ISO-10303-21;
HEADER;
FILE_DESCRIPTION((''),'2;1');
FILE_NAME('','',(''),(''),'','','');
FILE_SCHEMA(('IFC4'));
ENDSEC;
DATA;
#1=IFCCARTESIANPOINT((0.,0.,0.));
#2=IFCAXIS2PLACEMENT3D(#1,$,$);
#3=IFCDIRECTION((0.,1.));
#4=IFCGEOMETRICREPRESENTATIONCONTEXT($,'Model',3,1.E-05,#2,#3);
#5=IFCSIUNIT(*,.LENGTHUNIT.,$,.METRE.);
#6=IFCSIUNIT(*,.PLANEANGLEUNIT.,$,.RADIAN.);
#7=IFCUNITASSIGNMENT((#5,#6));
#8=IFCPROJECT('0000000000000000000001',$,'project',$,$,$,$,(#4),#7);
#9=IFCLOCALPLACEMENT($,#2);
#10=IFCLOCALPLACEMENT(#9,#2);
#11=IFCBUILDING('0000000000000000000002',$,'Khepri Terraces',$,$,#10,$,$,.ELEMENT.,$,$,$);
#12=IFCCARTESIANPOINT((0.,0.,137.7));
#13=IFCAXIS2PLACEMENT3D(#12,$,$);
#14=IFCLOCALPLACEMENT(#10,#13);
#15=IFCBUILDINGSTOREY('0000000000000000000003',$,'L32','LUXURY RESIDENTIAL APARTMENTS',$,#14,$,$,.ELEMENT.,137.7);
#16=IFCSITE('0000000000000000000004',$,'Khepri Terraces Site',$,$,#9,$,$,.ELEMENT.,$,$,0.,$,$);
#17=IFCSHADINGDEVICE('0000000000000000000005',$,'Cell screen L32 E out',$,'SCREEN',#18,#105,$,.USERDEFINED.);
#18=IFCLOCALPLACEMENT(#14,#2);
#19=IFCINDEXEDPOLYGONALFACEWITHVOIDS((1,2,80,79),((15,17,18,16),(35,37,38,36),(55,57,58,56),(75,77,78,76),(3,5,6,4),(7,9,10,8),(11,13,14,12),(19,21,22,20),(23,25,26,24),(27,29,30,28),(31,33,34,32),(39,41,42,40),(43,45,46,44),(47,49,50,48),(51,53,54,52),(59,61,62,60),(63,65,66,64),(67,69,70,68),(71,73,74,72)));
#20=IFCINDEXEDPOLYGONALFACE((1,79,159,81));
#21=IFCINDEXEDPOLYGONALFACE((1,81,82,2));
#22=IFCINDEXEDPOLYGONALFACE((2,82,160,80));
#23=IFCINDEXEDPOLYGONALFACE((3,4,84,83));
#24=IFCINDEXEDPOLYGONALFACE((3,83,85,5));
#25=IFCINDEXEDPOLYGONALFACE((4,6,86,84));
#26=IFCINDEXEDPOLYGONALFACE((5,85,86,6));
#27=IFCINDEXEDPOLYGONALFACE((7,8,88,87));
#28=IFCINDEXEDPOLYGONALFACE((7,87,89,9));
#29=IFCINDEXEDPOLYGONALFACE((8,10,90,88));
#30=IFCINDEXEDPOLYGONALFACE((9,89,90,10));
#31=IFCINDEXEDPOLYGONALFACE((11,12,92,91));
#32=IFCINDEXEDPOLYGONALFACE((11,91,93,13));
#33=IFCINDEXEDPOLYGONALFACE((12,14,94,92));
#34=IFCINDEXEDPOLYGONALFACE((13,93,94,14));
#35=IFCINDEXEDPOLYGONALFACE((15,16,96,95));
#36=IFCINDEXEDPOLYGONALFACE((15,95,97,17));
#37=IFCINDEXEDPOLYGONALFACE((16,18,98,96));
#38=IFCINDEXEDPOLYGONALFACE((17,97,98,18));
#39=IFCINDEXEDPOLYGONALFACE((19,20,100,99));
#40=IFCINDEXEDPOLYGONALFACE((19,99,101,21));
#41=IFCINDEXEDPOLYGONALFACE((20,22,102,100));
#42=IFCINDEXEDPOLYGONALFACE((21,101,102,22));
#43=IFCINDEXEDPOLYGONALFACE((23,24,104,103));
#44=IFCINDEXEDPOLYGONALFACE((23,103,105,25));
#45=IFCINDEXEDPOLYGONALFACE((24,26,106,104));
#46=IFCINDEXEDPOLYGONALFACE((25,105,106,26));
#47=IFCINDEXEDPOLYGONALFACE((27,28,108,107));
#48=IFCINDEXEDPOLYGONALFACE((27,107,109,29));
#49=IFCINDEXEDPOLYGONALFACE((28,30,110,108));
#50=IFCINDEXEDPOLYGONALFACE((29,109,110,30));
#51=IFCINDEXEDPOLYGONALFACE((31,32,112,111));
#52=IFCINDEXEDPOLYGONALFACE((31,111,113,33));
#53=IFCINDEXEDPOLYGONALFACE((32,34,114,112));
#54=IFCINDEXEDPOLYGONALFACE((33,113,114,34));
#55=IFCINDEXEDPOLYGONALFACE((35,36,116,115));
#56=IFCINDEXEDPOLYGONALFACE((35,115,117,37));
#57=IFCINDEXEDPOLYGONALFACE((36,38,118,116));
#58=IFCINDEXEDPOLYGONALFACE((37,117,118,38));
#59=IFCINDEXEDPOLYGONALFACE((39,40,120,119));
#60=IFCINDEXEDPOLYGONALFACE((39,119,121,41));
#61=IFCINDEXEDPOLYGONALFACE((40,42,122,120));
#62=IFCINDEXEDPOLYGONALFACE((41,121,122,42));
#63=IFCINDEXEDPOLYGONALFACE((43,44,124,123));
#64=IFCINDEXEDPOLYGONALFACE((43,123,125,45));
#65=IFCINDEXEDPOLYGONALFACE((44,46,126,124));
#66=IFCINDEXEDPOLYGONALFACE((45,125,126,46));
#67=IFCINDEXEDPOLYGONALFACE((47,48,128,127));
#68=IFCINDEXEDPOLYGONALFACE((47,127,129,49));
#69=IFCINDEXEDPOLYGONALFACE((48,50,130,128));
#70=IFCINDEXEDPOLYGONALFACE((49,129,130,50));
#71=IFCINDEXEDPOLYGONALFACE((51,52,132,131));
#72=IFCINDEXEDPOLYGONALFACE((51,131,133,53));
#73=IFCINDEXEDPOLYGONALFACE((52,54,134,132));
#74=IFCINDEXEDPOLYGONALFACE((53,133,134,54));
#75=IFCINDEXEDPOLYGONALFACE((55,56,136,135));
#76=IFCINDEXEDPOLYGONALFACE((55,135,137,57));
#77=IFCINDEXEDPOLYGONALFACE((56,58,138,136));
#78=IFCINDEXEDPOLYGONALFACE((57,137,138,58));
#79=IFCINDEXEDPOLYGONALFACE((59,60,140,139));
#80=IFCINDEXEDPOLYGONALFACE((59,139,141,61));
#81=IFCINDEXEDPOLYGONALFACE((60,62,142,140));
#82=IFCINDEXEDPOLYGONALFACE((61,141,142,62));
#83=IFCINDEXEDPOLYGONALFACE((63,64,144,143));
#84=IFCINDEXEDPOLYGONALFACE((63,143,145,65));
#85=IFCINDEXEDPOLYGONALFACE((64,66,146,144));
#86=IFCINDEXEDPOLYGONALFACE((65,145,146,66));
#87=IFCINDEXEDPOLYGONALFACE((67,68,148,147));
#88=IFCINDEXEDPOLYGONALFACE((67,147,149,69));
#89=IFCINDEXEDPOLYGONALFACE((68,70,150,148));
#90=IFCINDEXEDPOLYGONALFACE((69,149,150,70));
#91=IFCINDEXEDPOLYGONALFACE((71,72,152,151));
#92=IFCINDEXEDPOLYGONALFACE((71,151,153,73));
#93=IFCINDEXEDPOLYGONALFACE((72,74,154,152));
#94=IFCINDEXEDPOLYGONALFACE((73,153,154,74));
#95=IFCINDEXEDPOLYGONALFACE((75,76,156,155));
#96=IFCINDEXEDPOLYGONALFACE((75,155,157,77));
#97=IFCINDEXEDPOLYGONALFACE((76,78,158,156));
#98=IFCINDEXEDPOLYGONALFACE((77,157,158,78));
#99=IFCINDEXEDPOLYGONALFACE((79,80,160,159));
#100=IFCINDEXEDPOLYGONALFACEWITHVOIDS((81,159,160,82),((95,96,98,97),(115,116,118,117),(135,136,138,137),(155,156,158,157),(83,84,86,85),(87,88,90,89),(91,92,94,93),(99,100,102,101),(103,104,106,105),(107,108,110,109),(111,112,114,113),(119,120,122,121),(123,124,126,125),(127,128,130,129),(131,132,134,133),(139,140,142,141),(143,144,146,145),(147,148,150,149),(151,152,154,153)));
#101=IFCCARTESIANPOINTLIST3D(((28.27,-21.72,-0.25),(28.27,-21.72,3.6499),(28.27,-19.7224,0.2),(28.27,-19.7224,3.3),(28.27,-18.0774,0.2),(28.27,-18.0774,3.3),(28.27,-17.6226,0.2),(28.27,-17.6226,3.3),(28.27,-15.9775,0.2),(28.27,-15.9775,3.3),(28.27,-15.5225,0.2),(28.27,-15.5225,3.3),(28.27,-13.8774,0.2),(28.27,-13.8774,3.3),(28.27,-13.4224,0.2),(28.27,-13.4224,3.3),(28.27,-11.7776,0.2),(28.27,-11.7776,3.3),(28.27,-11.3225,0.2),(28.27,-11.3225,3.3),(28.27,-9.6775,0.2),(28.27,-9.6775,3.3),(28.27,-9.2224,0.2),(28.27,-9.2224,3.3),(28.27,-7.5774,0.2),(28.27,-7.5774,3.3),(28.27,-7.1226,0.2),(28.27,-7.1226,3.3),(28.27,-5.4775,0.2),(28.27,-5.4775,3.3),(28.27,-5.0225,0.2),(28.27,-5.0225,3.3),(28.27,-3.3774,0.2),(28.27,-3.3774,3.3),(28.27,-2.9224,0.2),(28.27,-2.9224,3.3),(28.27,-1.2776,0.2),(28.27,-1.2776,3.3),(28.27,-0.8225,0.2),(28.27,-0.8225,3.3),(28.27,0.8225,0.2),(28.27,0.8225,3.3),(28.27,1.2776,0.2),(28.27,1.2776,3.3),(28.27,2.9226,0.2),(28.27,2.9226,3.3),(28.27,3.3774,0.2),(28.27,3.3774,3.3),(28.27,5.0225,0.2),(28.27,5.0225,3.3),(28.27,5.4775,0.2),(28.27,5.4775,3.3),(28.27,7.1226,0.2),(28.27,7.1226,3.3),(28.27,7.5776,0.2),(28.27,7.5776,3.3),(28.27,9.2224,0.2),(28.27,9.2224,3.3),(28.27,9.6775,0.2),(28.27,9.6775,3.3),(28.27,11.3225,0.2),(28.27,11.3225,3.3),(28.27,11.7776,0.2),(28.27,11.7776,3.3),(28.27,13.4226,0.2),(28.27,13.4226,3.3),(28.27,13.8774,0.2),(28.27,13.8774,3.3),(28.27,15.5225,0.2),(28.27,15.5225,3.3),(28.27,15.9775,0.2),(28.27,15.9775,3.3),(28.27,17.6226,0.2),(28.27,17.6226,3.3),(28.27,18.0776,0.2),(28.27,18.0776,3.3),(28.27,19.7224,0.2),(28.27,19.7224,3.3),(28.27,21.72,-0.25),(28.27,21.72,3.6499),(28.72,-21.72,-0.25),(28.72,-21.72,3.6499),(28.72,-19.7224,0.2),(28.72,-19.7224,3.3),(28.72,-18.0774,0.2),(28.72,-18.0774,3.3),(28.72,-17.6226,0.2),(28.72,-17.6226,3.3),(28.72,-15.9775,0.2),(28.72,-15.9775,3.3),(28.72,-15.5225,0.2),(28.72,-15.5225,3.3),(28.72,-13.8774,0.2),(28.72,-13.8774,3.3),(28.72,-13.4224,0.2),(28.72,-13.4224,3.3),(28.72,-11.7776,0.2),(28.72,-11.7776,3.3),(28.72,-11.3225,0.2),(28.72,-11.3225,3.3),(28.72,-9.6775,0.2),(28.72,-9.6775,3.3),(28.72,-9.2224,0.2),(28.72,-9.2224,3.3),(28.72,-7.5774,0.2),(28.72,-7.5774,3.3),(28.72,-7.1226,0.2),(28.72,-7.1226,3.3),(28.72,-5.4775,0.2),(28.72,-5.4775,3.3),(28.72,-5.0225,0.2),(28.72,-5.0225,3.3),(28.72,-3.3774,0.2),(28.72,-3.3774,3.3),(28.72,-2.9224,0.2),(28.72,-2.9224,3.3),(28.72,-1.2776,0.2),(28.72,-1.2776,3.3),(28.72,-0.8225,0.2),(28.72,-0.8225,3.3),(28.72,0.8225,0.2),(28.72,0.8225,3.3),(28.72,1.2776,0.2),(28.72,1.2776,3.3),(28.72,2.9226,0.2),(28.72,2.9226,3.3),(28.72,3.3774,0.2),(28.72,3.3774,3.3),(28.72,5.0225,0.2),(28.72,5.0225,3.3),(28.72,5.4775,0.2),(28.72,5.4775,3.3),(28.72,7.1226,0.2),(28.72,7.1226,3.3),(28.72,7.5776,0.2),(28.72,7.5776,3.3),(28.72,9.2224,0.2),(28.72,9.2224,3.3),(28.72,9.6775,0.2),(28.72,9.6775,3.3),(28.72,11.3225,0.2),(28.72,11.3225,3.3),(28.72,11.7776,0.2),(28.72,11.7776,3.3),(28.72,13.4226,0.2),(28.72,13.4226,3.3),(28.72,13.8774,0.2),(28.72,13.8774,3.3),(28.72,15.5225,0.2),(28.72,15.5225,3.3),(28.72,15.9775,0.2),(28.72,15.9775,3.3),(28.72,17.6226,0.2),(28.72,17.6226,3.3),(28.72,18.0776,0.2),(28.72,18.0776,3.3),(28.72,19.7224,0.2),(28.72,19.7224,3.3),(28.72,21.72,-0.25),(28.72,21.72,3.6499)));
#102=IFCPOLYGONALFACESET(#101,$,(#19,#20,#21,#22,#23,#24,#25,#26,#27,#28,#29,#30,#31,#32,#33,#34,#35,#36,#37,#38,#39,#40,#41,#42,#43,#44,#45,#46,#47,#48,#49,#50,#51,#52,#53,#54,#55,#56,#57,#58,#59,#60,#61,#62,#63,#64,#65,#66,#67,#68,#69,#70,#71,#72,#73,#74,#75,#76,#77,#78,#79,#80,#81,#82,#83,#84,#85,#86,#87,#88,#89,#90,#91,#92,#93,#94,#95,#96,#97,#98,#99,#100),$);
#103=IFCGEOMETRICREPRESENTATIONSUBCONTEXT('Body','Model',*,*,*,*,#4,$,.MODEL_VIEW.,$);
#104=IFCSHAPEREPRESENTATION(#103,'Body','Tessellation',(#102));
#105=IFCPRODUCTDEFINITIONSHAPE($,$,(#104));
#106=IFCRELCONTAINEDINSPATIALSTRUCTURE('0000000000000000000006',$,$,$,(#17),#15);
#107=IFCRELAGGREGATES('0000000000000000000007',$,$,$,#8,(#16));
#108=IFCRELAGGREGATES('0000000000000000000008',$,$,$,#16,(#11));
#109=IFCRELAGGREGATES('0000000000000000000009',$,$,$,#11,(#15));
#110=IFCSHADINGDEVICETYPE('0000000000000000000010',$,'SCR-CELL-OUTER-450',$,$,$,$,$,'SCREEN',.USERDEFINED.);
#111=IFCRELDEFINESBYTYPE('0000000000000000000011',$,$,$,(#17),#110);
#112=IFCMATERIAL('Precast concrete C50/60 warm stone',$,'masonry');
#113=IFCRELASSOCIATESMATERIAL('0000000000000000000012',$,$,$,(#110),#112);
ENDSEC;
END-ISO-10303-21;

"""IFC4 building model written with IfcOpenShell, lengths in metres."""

from ifc_helpers import new_model, si_unit, direction, frame, origin, place, context, subcontext, project, spatial, polyline, outline, extrude, material, type_object, element, save


model = new_model("IFC4")

# Units and contexts
model_context = context("Model", 3, precision=1e-05, world=origin(), true_north=direction((0.0, 1.0)))
body_context = subcontext(model_context, "Body", "Model", "MODEL_VIEW")
ifc_project = project(units=[si_unit("LENGTHUNIT", "METRE"), si_unit("PLANEANGLEUNIT", "RADIAN")], contexts=[model_context])

# Site, building, storey
site_placement = place(None, origin())
site = spatial("IfcSite", under=ifc_project, at=site_placement, Name="Khepri Terraces Site", CompositionType="ELEMENT", RefElevation=0.0)
building_placement = place(site_placement, origin())
building = spatial("IfcBuilding", under=site, at=building_placement, Name="Khepri Terraces", CompositionType="ELEMENT")
storey_placement = place(building_placement, frame((0.0, 0.0, 137.7)))
storey = spatial("IfcBuildingStorey", under=building, at=storey_placement, Name="L32", Description="LUXURY RESIDENTIAL APARTMENTS", CompositionType="ELEMENT", Elevation=137.7)

# Shared definitions
ifc_material_1 = material(Name="Precast concrete C50/60 warm stone", Category="masonry")

# Shading device
shading_device_type_1 = type_object("IfcShadingDeviceType", Name="SCR-CELL-OUTER-450", ElementType="SCREEN", PredefinedType="USERDEFINED", material=ifc_material_1)
shading_device_1_placement = place(storey_placement, frame((28.27, -21.72, -0.25), z_axis=(1.0, 0.0, 0.0), x_axis=(0.0, 1.0, 0.0)))
element("IfcShadingDevice", 1, at=shading_device_1_placement, inside=storey, type_object=shading_device_type_1, Name="Cell screen L32 E out", ObjectType="SCREEN", PredefinedType="USERDEFINED", context=body_context, shape_type="SweptSolid", body=[
    extrude(outline(polyline([(0.0, 0.0), (43.4399, 0.0), (43.4399, 3.8999), (0.0, 3.8999), (0.0, 0.0)]), holes=[polyline([(1.9976, 0.45), (3.6426, 0.45), (3.6426, 3.55), (1.9976, 3.55), (1.9976, 0.45)]), polyline([(4.0974, 0.45), (5.7424, 0.45), (5.7424, 3.55), (4.0974, 3.55), (4.0974, 0.45)]), polyline([(6.1975, 0.45), (7.8425, 0.45), (7.8425, 3.55), (6.1975, 3.55), (6.1975, 0.45)]), polyline([(8.2976, 0.45), (9.9424, 0.45), (9.9424, 3.55), (8.2976, 3.55), (8.2976, 0.45)]), polyline([(10.3975, 0.45), (12.0425, 0.45), (12.0425, 3.55), (10.3975, 3.55), (10.3975, 0.45)]), polyline([(12.4976, 0.45), (14.1426, 0.45), (14.1426, 3.55), (12.4976, 3.55), (12.4976, 0.45)]), polyline([(14.5974, 0.45), (16.2424, 0.45), (16.2424, 3.55), (14.5974, 3.55), (14.5974, 0.45)]), polyline([(16.6975, 0.45), (18.3425, 0.45), (18.3425, 3.55), (16.6975, 3.55), (16.6975, 0.45)]), polyline([(18.7976, 0.45), (20.4424, 0.45), (20.4424, 3.55), (18.7976, 3.55), (18.7976, 0.45)]), polyline([(20.8975, 0.45), (22.5425, 0.45), (22.5425, 3.55), (20.8975, 3.55), (20.8975, 0.45)]), polyline([(22.9976, 0.45), (24.6426, 0.45), (24.6426, 3.55), (22.9976, 3.55), (22.9976, 0.45)]), polyline([(25.0974, 0.45), (26.7424, 0.45), (26.7424, 3.55), (25.0974, 3.55), (25.0974, 0.45)]), polyline([(27.1975, 0.45), (28.8425, 0.45), (28.8425, 3.55), (27.1975, 3.55), (27.1975, 0.45)]), polyline([(29.2976, 0.45), (30.9424, 0.45), (30.9424, 3.55), (29.2976, 3.55), (29.2976, 0.45)]), polyline([(31.3975, 0.45), (33.0425, 0.45), (33.0425, 3.55), (31.3975, 3.55), (31.3975, 0.45)]), polyline([(33.4976, 0.45), (35.1426, 0.45), (35.1426, 3.55), (33.4976, 3.55), (33.4976, 0.45)]), polyline([(35.5974, 0.45), (37.2424, 0.45), (37.2424, 3.55), (35.5974, 3.55), (35.5974, 0.45)]), polyline([(37.6975, 0.45), (39.3425, 0.45), (39.3425, 3.55), (37.6975, 3.55), (37.6975, 0.45)]), polyline([(39.7976, 0.45), (41.4424, 0.45), (41.4424, 3.55), (39.7976, 3.55), (39.7976, 0.45)])]), origin(), (0.0, 0.0, 1.0), 0.45),
])

save(model, "model.ifc")
